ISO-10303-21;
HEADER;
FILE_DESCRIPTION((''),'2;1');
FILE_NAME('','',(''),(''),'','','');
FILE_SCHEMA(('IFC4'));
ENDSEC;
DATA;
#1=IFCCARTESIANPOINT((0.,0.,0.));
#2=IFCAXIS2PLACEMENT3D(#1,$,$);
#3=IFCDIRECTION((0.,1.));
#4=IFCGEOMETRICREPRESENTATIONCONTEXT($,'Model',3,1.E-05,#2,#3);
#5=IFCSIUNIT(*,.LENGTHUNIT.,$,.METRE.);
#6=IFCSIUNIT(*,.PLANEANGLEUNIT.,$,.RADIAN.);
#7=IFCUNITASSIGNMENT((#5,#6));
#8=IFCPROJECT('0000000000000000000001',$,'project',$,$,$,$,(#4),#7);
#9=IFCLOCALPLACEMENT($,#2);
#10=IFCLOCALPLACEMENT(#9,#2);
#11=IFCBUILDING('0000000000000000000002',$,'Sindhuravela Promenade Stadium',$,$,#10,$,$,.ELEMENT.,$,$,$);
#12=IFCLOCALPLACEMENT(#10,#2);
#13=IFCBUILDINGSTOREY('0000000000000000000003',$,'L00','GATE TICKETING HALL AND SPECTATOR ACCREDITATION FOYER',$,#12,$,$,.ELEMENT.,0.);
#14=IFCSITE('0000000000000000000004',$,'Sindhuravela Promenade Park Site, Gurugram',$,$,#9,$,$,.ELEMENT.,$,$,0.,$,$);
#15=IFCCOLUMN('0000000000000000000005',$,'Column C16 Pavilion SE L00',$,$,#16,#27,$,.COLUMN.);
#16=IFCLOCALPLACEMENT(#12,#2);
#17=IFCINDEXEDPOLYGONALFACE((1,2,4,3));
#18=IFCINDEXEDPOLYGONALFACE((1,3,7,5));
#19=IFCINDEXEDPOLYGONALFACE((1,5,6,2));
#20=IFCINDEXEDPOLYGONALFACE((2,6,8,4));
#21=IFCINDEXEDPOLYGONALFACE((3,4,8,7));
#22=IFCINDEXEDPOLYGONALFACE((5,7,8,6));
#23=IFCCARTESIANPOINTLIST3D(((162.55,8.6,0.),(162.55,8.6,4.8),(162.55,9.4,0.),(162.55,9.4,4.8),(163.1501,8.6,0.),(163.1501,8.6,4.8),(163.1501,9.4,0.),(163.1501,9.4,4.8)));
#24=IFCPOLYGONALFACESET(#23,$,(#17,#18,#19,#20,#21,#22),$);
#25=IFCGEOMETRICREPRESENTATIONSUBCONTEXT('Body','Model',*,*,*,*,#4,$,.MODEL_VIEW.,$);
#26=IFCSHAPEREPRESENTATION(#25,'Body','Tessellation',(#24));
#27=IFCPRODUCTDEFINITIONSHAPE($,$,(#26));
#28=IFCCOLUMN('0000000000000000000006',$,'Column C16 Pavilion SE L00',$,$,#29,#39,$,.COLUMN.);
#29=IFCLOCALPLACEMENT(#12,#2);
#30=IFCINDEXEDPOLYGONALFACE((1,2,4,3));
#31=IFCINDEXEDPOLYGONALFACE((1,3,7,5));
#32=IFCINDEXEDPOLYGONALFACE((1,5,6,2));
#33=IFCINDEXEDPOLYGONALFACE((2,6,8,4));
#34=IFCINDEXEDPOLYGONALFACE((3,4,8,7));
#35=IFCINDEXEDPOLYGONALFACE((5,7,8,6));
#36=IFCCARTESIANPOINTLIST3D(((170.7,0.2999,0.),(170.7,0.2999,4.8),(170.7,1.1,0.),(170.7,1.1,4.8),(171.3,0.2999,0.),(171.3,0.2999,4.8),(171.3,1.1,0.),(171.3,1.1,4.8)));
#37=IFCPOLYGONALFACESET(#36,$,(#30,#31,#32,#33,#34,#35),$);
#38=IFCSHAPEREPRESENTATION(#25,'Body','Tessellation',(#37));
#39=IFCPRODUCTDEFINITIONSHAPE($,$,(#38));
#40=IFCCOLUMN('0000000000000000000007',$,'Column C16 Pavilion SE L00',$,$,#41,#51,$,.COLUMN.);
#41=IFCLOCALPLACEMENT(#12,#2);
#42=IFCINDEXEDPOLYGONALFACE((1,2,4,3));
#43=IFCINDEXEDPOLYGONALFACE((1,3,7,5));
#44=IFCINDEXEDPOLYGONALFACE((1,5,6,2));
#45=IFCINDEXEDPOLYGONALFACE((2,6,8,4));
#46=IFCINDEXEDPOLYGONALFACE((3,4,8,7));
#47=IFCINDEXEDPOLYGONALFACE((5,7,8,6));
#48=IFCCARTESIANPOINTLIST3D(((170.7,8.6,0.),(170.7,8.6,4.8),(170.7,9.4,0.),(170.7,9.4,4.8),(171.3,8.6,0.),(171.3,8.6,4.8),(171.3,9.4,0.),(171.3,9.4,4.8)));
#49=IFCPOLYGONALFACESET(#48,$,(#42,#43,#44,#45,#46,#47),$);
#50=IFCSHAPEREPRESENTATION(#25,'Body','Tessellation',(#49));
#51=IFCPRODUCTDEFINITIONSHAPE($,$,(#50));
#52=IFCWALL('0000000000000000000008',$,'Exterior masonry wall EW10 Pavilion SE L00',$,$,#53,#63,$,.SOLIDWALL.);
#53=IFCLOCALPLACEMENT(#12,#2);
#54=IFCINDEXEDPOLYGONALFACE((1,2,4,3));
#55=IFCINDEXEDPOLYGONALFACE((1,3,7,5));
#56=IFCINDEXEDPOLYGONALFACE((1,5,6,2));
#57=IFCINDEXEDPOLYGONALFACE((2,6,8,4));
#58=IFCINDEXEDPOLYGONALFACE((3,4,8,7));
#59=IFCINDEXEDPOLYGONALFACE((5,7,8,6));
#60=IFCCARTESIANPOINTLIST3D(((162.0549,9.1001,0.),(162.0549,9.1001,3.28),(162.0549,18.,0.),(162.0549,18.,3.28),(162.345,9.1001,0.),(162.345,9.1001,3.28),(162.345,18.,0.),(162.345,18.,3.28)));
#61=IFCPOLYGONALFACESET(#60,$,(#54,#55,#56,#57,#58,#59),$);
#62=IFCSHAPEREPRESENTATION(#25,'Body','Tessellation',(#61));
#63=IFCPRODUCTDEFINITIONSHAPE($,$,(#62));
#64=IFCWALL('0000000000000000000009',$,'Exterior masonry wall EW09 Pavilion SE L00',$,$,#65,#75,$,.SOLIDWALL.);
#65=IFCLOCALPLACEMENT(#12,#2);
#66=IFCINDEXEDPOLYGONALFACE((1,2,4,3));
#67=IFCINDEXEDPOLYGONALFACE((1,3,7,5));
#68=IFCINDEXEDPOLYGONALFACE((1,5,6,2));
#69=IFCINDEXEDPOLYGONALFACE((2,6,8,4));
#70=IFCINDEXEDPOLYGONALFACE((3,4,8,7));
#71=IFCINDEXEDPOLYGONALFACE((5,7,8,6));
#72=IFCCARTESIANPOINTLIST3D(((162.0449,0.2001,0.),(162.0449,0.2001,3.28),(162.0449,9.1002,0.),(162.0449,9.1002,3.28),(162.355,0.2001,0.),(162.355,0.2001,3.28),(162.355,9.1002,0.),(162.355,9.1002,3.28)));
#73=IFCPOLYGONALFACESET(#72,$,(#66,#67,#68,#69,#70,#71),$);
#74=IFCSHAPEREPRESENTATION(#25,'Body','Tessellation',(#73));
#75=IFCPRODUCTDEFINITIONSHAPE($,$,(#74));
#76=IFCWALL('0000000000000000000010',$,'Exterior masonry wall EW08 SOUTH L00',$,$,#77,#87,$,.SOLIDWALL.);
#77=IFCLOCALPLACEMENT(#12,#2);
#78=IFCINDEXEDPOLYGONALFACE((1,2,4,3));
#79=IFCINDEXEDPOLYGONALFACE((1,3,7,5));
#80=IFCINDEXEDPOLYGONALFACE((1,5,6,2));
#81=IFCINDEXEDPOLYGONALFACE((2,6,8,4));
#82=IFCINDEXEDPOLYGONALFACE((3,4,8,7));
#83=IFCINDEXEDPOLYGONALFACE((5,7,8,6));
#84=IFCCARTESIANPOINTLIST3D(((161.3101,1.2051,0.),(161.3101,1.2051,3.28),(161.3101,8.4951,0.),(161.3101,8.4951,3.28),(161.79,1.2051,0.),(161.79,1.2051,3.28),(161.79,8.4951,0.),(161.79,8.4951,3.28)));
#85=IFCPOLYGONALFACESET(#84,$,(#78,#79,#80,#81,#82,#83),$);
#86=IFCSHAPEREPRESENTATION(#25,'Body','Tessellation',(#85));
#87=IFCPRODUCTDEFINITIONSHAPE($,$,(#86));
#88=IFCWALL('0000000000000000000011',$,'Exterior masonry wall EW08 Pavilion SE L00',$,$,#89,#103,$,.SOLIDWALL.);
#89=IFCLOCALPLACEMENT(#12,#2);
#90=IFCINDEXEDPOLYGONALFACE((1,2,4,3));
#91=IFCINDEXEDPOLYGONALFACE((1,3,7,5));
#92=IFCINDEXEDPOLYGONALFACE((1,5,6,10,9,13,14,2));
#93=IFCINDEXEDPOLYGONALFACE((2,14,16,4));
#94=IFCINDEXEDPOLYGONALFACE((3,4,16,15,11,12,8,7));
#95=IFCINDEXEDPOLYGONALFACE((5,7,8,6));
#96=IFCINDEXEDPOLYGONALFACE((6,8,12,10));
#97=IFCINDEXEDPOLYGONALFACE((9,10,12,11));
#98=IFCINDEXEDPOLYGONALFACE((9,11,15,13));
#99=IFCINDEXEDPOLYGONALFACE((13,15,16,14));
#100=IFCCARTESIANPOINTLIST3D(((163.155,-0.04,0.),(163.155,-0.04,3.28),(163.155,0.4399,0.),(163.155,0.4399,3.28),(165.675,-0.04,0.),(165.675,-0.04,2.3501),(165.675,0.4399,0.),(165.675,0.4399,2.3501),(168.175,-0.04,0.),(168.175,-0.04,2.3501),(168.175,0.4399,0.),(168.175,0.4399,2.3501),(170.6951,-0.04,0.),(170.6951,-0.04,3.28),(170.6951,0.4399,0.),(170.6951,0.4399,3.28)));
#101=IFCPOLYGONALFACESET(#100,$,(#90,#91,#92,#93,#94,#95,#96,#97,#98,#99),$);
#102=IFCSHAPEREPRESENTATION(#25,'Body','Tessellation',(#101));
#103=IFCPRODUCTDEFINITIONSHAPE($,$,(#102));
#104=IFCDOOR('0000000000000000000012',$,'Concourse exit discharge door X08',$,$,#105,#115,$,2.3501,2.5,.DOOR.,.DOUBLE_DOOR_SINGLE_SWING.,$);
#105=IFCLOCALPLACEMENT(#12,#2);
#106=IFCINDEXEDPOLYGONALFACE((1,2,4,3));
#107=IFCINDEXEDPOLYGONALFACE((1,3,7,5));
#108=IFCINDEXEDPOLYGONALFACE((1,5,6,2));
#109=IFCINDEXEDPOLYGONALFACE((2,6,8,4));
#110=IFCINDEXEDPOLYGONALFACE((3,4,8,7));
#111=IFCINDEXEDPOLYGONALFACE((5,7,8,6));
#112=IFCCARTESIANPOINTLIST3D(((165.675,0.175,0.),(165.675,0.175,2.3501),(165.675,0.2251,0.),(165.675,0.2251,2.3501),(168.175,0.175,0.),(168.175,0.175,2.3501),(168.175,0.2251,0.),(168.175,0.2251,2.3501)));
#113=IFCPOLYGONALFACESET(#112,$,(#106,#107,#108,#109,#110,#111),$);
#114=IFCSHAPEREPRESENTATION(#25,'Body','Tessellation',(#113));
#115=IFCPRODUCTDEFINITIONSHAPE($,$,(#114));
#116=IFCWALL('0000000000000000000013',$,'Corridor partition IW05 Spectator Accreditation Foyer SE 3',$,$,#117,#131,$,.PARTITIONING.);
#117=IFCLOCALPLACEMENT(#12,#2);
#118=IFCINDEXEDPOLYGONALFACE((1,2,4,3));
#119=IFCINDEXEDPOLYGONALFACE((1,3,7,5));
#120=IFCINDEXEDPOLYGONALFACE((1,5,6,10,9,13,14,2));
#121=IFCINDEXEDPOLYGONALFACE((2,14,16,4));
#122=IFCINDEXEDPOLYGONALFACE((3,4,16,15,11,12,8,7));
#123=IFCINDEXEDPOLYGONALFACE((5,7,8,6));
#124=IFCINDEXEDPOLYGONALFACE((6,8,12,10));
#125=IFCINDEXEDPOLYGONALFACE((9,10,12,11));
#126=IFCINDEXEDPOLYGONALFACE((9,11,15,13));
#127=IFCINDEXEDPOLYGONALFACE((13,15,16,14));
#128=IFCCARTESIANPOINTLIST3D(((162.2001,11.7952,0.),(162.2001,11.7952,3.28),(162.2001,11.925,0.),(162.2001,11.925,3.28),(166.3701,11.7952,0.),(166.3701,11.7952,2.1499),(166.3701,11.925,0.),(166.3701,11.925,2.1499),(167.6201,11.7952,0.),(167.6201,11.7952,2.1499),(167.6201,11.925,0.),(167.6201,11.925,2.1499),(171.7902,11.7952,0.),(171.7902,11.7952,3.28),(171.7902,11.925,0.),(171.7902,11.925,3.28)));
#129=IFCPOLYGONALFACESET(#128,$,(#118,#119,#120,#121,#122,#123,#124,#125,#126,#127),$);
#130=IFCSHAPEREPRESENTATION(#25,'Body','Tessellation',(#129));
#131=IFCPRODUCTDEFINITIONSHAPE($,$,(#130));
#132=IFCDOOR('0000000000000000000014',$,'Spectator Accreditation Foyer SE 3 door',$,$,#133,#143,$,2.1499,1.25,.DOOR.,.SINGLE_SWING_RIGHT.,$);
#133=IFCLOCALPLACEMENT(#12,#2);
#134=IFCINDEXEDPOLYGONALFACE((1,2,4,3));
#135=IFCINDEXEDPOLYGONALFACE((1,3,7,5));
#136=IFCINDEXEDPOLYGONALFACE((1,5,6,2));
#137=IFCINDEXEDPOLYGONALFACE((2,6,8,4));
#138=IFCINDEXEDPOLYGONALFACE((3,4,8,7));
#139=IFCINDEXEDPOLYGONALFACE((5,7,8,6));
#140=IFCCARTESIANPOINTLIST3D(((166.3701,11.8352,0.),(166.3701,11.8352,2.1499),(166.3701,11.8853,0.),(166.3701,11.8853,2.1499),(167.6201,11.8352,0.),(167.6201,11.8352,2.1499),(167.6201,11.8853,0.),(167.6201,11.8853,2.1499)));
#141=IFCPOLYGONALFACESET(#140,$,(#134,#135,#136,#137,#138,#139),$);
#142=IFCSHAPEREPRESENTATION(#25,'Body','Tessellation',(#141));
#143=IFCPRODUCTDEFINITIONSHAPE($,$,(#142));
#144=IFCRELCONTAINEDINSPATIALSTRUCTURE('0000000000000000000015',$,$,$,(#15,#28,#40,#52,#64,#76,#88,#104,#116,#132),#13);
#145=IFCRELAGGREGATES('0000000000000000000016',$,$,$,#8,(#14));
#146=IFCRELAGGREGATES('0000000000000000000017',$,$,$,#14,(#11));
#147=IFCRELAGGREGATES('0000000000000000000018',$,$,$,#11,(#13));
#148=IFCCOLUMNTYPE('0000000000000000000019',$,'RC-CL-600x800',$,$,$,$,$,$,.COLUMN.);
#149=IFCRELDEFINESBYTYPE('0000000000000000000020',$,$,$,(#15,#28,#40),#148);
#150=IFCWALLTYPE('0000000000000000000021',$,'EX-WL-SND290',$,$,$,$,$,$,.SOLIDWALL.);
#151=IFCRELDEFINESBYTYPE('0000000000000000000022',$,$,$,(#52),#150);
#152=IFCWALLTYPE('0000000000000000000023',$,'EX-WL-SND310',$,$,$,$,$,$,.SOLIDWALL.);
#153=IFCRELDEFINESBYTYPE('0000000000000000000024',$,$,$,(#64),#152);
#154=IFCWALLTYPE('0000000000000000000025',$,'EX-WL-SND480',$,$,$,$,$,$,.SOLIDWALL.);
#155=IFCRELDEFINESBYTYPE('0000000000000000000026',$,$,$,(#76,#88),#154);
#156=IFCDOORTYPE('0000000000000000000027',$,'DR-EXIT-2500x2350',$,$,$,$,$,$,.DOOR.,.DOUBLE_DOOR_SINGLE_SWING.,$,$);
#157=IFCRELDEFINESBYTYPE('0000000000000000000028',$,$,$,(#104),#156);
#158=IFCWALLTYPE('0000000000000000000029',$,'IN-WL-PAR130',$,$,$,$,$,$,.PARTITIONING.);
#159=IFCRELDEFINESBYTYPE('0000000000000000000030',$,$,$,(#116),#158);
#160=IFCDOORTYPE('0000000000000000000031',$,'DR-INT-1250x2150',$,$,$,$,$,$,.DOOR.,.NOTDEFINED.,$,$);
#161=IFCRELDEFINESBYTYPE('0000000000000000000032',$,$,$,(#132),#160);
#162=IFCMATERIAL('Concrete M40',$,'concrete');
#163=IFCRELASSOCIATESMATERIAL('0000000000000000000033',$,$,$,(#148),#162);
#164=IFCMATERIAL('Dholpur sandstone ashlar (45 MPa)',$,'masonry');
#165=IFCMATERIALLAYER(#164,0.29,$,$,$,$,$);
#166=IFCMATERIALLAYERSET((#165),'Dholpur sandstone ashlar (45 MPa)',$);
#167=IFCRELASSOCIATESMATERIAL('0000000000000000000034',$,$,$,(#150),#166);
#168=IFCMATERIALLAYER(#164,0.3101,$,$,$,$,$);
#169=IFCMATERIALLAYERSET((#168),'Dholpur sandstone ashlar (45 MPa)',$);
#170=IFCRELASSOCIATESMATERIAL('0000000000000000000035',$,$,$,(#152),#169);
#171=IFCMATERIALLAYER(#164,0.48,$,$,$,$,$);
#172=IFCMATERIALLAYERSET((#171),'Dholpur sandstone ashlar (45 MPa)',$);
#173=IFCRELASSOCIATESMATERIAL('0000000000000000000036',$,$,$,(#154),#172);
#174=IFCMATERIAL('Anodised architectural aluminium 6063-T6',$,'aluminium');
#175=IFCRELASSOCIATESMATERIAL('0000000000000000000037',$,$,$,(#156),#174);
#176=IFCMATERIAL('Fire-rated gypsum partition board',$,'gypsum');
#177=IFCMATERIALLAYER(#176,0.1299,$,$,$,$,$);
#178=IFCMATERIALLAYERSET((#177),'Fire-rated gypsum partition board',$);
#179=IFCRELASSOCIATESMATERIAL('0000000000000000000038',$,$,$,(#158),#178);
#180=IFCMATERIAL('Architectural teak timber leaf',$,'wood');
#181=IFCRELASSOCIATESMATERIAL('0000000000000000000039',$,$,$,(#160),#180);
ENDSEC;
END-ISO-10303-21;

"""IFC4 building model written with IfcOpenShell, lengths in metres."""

from ifc_helpers import new_model, si_unit, direction, frame, frame_2d, origin, origin_2d, place, context, subcontext, project, spatial, rectangle, extrude, material, layer, layer_set, material_profile, profile_set, type_object, element, fill, save


model = new_model("IFC4")

# Units and contexts
model_context = context("Model", 3, precision=1e-05, world=origin(), true_north=direction((0.0, 1.0)))
body_context = subcontext(model_context, "Body", "Model", "MODEL_VIEW")
ifc_project = project(units=[si_unit("LENGTHUNIT", "METRE"), si_unit("PLANEANGLEUNIT", "RADIAN")], contexts=[model_context])

# Site, building, storey
site_placement = place(None, origin())
site = spatial("IfcSite", under=ifc_project, at=site_placement, Name="Sindhuravela Promenade Park Site, Gurugram", CompositionType="ELEMENT", RefElevation=0.0)
building_placement = place(site_placement, origin())
building = spatial("IfcBuilding", under=site, at=building_placement, Name="Sindhuravela Promenade Stadium", CompositionType="ELEMENT")
storey_placement = place(building_placement, origin())
storey = spatial("IfcBuildingStorey", under=building, at=storey_placement, Name="L00", Description="GATE TICKETING HALL AND SPECTATOR ACCREDITATION FOYER", CompositionType="ELEMENT", Elevation=0.0)

# Shared definitions
ifc_material_1 = material(Name="Concrete M40", Category="concrete")

# Columns
ifc_material_profile_1 = material_profile(ifc_material_1, rectangle(XDim=0.6001, YDim=0.8, at=origin_2d()), Name="RC 600x800")
ifc_profile_set_1 = profile_set([ifc_material_profile_1], Name="Concrete M40")
column_type = type_object("IfcColumnType", Name="RC-CL-600x800", PredefinedType="COLUMN", material=ifc_profile_set_1)
for number, where, z_axis, x_axis, name in (
    (1, (162.8501, 9.0, 0.0), (0.0, 0.0, 1.0), (1.0, 0.0, 0.0), "Column C16 Pavilion SE L00"),
    (2, (171.0, 0.7, 0.0), (0.0, 0.0, 1.0), (1.0, 0.0, 0.0), "Column C16 Pavilion SE L00"),
    (3, (171.0, 9.0, 0.0), (0.0, 0.0, 1.0), (1.0, 0.0, 0.0), "Column C16 Pavilion SE L00"),
):
    element("IfcColumn", number, at=place(storey_placement, frame(where, z_axis=z_axis, x_axis=x_axis)), inside=storey, type_object=column_type, Name=name, PredefinedType="COLUMN", context=body_context, shape_type="SweptSolid", body=[
        extrude(rectangle(XDim=0.6001, YDim=0.8, at=origin_2d()), origin(), (0.0, 0.0, 1.0), 4.8),
    ])

# Walls
ifc_material_2 = material(Name="Dholpur sandstone ashlar (45 MPa)", Category="masonry")
ifc_layer_1 = layer(ifc_material_2, 0.29)
ifc_layer_set_1 = layer_set([ifc_layer_1], Name="Dholpur sandstone ashlar (45 MPa)")
wall_type_1 = type_object("IfcWallType", Name="EX-WL-SND290", PredefinedType="SOLIDWALL", material=ifc_layer_set_1)
wall_1_placement = place(storey_placement, frame((162.2, 9.1001, 0.0), z_axis=(0.0, 0.0, 1.0), x_axis=(0.0, 1.0, 0.0)))
element("IfcWall", 4, at=wall_1_placement, inside=storey, type_object=wall_type_1, Name="Exterior masonry wall EW10 Pavilion SE L00", PredefinedType="SOLIDWALL", context=body_context, shape_type="SweptSolid", body=[
    extrude(rectangle(XDim=8.8999, YDim=0.29, at=frame_2d((4.45, 0.0))), origin(), (0.0, 0.0, 1.0), 3.28),
])
ifc_layer_2 = layer(ifc_material_2, 0.3101)
ifc_layer_set_2 = layer_set([ifc_layer_2], Name="Dholpur sandstone ashlar (45 MPa)")
wall_type_2 = type_object("IfcWallType", Name="EX-WL-SND310", PredefinedType="SOLIDWALL", material=ifc_layer_set_2)
wall_2_placement = place(storey_placement, frame((162.2, 0.2, 0.0), z_axis=(0.0, 0.0, 1.0), x_axis=(0.0, 1.0, 0.0)))
element("IfcWall", 5, at=wall_2_placement, inside=storey, type_object=wall_type_2, Name="Exterior masonry wall EW09 Pavilion SE L00", PredefinedType="SOLIDWALL", context=body_context, shape_type="SweptSolid", body=[
    extrude(rectangle(XDim=8.9001, YDim=0.3101, at=frame_2d((4.4502, 0.0))), origin(), (0.0, 0.0, 1.0), 3.28),
])
ifc_layer_3 = layer(ifc_material_2, 0.48)
ifc_layer_set_3 = layer_set([ifc_layer_3], Name="Dholpur sandstone ashlar (45 MPa)")
wall_type_3 = type_object("IfcWallType", Name="EX-WL-SND480", PredefinedType="SOLIDWALL", material=ifc_layer_set_3)
wall_3_placement = place(storey_placement, frame((161.55, 8.4951, 0.0), z_axis=(0.0, 0.0, 1.0), x_axis=(0.0, -1.0, 0.0)))
element("IfcWall", 6, at=wall_3_placement, inside=storey, type_object=wall_type_3, Name="Exterior masonry wall EW08 SOUTH L00", PredefinedType="SOLIDWALL", context=body_context, shape_type="SweptSolid", body=[
    extrude(rectangle(XDim=7.29, YDim=0.48, at=frame_2d((3.645, 0.0))), origin(), (0.0, 0.0, 1.0), 3.28),
])

# Walls, openings, doors
wall_4_placement = place(storey_placement, frame((170.6951, 0.2, 0.0), z_axis=(0.0, 0.0, 1.0), x_axis=(-1.0, 0.0, 0.0)))
wall_4 = element("IfcWall", 7, at=wall_4_placement, inside=storey, type_object=wall_type_3, Name="Exterior masonry wall EW08 Pavilion SE L00", PredefinedType="SOLIDWALL", context=body_context, shape_type="SweptSolid", body=[
    extrude(rectangle(XDim=7.54, YDim=0.48, at=frame_2d((3.77, 0.0))), origin(), (0.0, 0.0, 1.0), 3.28),
])
opening_1_placement = place(wall_4_placement, frame((2.52, 0.0, 0.0)))
opening_1 = element("IfcOpeningElement", 8, at=opening_1_placement, cuts=wall_4, PredefinedType="OPENING", context=body_context, shape_type="SweptSolid", body=[
    extrude(rectangle(XDim=2.5, YDim=2.3501, at=frame_2d((1.25, 1.175))), frame((0.0, 0.25, 0.0), z_axis=(0.0, -1.0, 0.0), x_axis=(1.0, 0.0, 0.0)), (0.0, 0.0, 1.0), 0.5),
])
ifc_material_3 = material(Name="Anodised architectural aluminium 6063-T6", Category="aluminium")
door_type_1 = type_object("IfcDoorType", Name="DR-EXIT-2500x2350", OperationType="DOUBLE_DOOR_SINGLE_SWING", PredefinedType="DOOR", material=ifc_material_3)
door_1_placement = place(opening_1_placement, origin())
door_1 = element("IfcDoor", 9, at=door_1_placement, inside=storey, type_object=door_type_1, Name="Concourse exit discharge door X08", OperationType="DOUBLE_DOOR_SINGLE_SWING", OverallHeight=2.3501, OverallWidth=2.5, PredefinedType="DOOR", context=body_context, shape_type="SweptSolid", body=[
    extrude(rectangle(XDim=2.5, YDim=2.3501, at=frame_2d((1.25, 1.175))), frame((0.0, 0.0249, 0.0), z_axis=(0.0, -1.0, 0.0), x_axis=(1.0, 0.0, 0.0)), (0.0, 0.0, 1.0), 0.05),
])
fill(opening_1, door_1)
ifc_material_4 = material(Name="Fire-rated gypsum partition board", Category="gypsum")
ifc_layer_4 = layer(ifc_material_4, 0.1299)
ifc_layer_set_4 = layer_set([ifc_layer_4], Name="Fire-rated gypsum partition board")
wall_type_4 = type_object("IfcWallType", Name="IN-WL-PAR130", PredefinedType="PARTITIONING", material=ifc_layer_set_4)
wall_5_placement = place(storey_placement, frame((171.79, 11.8601, 0.0), z_axis=(0.0, 0.0, 1.0), x_axis=(-1.0, 0.0, 0.0)))
wall_5 = element("IfcWall", 10, at=wall_5_placement, inside=storey, type_object=wall_type_4, Name="Corridor partition IW05 Spectator Accreditation Foyer SE 3", PredefinedType="PARTITIONING", context=body_context, shape_type="SweptSolid", body=[
    extrude(rectangle(XDim=9.5901, YDim=0.1299, at=frame_2d((4.7949, 0.0))), origin(), (0.0, 0.0, 1.0), 3.28),
])
opening_2_placement = place(wall_5_placement, frame((4.1699, 0.0, 0.0)))
opening_2 = element("IfcOpeningElement", 11, at=opening_2_placement, cuts=wall_5, PredefinedType="OPENING", context=body_context, shape_type="SweptSolid", body=[
    extrude(rectangle(XDim=1.25, YDim=2.1499, at=frame_2d((0.625, 1.075))), frame((0.0, 0.075, 0.0), z_axis=(0.0, -1.0, 0.0), x_axis=(1.0, 0.0, 0.0)), (0.0, 0.0, 1.0), 0.1499),
])
ifc_material_5 = material(Name="Architectural teak timber leaf", Category="wood")
door_type_2 = type_object("IfcDoorType", Name="DR-INT-1250x2150", OperationType="NOTDEFINED", PredefinedType="DOOR", material=ifc_material_5)
door_2_placement = place(opening_2_placement, origin())
door_2 = element("IfcDoor", 12, at=door_2_placement, inside=storey, type_object=door_type_2, Name="Spectator Accreditation Foyer SE 3 door", OperationType="SINGLE_SWING_RIGHT", OverallHeight=2.1499, OverallWidth=1.25, PredefinedType="DOOR", context=body_context, shape_type="SweptSolid", body=[
    extrude(rectangle(XDim=1.25, YDim=2.1499, at=frame_2d((0.625, 1.075))), frame((0.0, 0.0249, 0.0), z_axis=(0.0, -1.0, 0.0), x_axis=(1.0, 0.0, 0.0)), (0.0, 0.0, 1.0), 0.05),
])
fill(opening_2, door_2)

save(model, "model.ifc")
